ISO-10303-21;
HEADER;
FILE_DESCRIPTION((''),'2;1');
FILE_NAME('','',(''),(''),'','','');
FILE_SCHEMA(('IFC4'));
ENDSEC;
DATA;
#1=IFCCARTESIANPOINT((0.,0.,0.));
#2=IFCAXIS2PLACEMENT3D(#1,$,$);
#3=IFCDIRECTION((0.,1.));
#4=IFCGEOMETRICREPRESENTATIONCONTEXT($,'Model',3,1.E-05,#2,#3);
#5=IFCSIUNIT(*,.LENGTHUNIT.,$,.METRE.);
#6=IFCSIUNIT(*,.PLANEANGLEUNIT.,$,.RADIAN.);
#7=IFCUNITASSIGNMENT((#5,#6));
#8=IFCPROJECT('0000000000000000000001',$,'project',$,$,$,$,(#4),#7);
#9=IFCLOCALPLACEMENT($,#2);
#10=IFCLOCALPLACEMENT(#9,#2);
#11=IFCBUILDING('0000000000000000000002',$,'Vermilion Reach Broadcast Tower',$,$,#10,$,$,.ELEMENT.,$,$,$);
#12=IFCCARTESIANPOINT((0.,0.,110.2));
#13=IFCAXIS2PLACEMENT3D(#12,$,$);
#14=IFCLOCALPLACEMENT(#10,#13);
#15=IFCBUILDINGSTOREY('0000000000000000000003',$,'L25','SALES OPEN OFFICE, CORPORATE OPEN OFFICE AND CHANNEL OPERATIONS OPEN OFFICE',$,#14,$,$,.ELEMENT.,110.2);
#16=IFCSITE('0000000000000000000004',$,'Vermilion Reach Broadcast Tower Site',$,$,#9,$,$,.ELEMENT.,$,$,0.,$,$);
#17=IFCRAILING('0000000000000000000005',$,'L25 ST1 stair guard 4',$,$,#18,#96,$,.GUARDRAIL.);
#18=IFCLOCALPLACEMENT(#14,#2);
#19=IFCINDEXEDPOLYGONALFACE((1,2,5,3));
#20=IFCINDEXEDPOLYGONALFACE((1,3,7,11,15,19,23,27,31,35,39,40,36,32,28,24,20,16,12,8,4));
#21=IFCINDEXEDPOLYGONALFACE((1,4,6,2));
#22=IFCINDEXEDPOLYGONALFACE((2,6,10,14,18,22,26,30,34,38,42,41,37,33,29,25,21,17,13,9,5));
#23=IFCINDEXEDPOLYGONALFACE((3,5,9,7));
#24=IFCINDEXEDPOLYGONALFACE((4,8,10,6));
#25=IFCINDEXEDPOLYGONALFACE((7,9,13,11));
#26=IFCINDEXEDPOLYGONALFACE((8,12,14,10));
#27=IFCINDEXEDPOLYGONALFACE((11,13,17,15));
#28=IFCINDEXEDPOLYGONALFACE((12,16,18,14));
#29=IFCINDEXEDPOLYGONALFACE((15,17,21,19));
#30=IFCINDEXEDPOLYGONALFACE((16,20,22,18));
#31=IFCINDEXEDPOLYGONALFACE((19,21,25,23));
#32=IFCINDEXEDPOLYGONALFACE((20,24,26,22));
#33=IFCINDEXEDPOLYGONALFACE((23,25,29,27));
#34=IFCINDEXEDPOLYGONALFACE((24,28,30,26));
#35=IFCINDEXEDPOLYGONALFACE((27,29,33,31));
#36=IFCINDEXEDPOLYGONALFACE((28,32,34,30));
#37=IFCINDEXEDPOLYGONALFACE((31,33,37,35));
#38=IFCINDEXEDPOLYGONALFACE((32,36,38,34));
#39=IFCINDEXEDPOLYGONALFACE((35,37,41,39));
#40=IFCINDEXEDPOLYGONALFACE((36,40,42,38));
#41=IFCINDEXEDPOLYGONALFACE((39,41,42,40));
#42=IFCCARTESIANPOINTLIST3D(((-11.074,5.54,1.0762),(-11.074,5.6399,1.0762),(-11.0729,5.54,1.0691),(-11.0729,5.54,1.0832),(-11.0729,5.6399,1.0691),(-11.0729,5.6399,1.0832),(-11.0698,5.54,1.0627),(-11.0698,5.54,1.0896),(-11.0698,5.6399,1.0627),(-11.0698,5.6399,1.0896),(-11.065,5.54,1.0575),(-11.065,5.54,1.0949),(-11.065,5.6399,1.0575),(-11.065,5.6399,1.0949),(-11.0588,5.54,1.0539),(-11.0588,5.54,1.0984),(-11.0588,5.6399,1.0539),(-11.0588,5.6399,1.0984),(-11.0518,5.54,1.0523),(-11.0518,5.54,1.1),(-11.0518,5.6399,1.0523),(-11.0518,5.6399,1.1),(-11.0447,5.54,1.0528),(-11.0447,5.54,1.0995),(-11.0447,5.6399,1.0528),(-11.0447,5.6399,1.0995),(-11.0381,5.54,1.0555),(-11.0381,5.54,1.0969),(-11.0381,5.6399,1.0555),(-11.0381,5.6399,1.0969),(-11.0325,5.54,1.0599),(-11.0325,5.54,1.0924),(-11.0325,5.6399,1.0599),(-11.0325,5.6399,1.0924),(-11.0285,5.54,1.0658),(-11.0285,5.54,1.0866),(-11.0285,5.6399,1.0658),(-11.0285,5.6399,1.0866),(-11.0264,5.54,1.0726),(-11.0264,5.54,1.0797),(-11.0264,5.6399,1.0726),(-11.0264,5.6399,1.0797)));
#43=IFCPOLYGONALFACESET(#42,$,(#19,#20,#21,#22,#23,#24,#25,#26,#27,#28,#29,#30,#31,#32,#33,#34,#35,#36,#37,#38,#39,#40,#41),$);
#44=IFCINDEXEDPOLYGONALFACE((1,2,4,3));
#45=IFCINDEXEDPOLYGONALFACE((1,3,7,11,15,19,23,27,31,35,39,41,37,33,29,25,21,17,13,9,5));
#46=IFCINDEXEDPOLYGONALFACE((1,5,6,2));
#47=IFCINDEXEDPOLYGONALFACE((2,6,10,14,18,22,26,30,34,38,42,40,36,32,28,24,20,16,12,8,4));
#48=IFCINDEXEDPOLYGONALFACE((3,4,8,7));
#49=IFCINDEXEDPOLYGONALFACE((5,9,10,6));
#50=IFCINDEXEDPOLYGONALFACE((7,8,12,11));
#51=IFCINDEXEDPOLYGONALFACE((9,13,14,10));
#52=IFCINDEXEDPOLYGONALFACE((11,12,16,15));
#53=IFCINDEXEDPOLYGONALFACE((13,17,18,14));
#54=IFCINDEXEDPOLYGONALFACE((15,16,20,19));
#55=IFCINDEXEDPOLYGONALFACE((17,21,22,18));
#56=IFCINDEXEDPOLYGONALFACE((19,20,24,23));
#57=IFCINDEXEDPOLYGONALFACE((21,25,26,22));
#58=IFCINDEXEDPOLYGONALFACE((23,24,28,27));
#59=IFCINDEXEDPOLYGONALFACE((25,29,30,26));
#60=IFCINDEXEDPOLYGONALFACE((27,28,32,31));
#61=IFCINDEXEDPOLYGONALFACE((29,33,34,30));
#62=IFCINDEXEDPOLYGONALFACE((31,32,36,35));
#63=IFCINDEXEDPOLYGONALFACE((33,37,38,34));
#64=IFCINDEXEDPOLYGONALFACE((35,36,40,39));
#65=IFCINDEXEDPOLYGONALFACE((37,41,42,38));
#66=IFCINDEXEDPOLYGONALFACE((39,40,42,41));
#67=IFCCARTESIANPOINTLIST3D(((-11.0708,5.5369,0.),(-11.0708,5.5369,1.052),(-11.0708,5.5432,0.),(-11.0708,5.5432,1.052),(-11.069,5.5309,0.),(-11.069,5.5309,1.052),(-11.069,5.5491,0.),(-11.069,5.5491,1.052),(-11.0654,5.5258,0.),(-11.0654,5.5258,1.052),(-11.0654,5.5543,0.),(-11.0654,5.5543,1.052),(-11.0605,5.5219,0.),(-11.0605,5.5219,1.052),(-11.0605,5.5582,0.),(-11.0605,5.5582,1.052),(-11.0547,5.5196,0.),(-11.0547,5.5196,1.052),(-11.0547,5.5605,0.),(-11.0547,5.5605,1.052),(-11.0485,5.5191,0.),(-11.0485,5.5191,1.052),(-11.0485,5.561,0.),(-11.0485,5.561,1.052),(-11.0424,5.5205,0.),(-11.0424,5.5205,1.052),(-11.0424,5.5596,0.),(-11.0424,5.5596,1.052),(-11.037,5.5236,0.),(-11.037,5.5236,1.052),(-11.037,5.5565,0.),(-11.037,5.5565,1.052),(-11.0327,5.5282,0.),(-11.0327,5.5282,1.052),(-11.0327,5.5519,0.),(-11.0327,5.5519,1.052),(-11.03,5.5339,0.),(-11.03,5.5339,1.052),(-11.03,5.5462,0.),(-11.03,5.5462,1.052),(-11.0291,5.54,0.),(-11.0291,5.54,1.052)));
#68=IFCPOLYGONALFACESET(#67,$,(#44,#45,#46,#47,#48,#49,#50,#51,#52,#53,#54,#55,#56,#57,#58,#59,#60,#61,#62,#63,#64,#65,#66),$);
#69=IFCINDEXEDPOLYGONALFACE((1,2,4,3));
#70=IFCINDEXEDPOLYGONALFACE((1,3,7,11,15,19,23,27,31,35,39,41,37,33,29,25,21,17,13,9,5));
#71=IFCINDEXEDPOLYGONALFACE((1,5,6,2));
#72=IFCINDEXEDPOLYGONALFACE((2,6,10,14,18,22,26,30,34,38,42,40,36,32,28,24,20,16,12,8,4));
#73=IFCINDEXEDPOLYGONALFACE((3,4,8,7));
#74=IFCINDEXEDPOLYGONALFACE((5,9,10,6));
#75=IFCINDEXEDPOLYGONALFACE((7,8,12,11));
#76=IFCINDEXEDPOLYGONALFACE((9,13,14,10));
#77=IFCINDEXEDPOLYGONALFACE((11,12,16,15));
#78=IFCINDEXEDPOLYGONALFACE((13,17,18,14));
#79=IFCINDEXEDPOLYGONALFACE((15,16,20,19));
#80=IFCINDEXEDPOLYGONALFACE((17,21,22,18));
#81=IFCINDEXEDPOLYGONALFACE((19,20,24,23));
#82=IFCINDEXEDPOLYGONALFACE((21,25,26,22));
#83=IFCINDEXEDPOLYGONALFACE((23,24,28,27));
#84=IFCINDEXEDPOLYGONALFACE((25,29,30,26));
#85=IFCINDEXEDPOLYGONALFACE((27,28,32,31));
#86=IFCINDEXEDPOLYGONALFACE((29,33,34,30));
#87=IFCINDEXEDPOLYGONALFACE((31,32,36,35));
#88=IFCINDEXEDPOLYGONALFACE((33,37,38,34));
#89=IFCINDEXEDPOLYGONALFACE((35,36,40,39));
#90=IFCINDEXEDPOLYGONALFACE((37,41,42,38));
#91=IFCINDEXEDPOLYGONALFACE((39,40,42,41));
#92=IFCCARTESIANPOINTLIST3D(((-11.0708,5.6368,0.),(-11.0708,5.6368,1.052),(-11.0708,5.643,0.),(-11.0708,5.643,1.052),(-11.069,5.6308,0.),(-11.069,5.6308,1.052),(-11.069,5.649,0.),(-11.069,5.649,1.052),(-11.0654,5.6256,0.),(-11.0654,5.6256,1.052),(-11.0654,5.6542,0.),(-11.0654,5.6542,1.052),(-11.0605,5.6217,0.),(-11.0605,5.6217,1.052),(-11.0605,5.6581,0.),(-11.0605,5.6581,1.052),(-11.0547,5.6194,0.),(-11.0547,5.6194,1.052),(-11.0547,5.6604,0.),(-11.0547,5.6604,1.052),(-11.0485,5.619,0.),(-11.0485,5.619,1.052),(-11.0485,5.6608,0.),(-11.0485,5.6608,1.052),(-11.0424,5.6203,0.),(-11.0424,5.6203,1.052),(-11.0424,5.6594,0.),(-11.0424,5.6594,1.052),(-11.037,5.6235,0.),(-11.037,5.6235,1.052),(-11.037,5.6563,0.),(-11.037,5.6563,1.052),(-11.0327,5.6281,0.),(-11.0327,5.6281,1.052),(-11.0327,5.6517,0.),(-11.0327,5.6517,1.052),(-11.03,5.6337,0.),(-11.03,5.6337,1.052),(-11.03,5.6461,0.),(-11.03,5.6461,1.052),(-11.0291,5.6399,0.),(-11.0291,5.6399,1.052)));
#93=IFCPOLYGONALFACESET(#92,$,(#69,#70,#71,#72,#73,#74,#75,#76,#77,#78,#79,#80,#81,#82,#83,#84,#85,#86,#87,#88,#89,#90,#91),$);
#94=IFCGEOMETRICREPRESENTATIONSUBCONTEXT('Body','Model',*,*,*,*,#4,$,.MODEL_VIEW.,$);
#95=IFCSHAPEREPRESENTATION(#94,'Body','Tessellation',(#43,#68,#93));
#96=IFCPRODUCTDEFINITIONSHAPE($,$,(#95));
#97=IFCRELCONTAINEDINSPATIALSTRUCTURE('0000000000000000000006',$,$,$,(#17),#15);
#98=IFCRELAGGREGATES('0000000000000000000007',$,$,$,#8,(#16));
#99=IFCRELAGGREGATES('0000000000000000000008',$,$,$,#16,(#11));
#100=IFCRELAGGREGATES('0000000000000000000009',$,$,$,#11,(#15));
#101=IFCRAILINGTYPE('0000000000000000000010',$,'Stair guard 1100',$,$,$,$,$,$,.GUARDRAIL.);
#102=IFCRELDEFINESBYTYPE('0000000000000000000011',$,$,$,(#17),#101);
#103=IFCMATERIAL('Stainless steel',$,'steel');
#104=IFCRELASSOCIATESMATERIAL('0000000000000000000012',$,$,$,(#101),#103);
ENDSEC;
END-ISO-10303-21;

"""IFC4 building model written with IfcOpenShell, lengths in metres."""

from ifc_helpers import new_model, si_unit, direction, frame, origin, origin_2d, place, context, subcontext, project, spatial, circle, extrude, material, type_object, element, save


model = new_model("IFC4")

# Units and contexts
model_context = context("Model", 3, precision=1e-05, world=origin(), true_north=direction((0.0, 1.0)))
body_context = subcontext(model_context, "Body", "Model", "MODEL_VIEW")
ifc_project = project(units=[si_unit("LENGTHUNIT", "METRE"), si_unit("PLANEANGLEUNIT", "RADIAN")], contexts=[model_context])

# Site, building, storey
site_placement = place(None, origin())
site = spatial("IfcSite", under=ifc_project, at=site_placement, Name="Vermilion Reach Broadcast Tower Site", CompositionType="ELEMENT", RefElevation=0.0)
building_placement = place(site_placement, origin())
building = spatial("IfcBuilding", under=site, at=building_placement, Name="Vermilion Reach Broadcast Tower", CompositionType="ELEMENT")
storey_placement = place(building_placement, frame((0.0, 0.0, 110.2)))
storey = spatial("IfcBuildingStorey", under=building, at=storey_placement, Name="L25", Description="SALES OPEN OFFICE, CORPORATE OPEN OFFICE AND CHANNEL OPERATIONS OPEN OFFICE", CompositionType="ELEMENT", Elevation=110.2)

# Railing
ifc_material_1 = material(Name="Stainless steel", Category="steel")
railing_type_1 = type_object("IfcRailingType", Name="Stair guard 1100", PredefinedType="GUARDRAIL", material=ifc_material_1)
railing_1_placement = place(storey_placement, frame((-11.05, 5.54, 0.0)))
element("IfcRailing", 1, at=railing_1_placement, inside=storey, type_object=railing_type_1, Name="L25 ST1 stair guard 4", PredefinedType="GUARDRAIL", context=body_context, shape_type="SweptSolid", body=[
    extrude(circle(Radius=0.0239, at=origin_2d()), frame((0.0, 0.0, 1.0762), z_axis=(0.0, 1.0, 0.0), x_axis=(-1.0, 0.0, 0.0)), (0.0, 0.0, 1.0), 0.0999),
    extrude(circle(Radius=0.021, at=origin_2d()), origin(), (0.0, 0.0, 1.0), 1.052),
    extrude(circle(Radius=0.021, at=origin_2d()), frame((0.0, 0.0999, 0.0)), (0.0, 0.0, 1.0), 1.052),
])

save(model, "model.ifc")
